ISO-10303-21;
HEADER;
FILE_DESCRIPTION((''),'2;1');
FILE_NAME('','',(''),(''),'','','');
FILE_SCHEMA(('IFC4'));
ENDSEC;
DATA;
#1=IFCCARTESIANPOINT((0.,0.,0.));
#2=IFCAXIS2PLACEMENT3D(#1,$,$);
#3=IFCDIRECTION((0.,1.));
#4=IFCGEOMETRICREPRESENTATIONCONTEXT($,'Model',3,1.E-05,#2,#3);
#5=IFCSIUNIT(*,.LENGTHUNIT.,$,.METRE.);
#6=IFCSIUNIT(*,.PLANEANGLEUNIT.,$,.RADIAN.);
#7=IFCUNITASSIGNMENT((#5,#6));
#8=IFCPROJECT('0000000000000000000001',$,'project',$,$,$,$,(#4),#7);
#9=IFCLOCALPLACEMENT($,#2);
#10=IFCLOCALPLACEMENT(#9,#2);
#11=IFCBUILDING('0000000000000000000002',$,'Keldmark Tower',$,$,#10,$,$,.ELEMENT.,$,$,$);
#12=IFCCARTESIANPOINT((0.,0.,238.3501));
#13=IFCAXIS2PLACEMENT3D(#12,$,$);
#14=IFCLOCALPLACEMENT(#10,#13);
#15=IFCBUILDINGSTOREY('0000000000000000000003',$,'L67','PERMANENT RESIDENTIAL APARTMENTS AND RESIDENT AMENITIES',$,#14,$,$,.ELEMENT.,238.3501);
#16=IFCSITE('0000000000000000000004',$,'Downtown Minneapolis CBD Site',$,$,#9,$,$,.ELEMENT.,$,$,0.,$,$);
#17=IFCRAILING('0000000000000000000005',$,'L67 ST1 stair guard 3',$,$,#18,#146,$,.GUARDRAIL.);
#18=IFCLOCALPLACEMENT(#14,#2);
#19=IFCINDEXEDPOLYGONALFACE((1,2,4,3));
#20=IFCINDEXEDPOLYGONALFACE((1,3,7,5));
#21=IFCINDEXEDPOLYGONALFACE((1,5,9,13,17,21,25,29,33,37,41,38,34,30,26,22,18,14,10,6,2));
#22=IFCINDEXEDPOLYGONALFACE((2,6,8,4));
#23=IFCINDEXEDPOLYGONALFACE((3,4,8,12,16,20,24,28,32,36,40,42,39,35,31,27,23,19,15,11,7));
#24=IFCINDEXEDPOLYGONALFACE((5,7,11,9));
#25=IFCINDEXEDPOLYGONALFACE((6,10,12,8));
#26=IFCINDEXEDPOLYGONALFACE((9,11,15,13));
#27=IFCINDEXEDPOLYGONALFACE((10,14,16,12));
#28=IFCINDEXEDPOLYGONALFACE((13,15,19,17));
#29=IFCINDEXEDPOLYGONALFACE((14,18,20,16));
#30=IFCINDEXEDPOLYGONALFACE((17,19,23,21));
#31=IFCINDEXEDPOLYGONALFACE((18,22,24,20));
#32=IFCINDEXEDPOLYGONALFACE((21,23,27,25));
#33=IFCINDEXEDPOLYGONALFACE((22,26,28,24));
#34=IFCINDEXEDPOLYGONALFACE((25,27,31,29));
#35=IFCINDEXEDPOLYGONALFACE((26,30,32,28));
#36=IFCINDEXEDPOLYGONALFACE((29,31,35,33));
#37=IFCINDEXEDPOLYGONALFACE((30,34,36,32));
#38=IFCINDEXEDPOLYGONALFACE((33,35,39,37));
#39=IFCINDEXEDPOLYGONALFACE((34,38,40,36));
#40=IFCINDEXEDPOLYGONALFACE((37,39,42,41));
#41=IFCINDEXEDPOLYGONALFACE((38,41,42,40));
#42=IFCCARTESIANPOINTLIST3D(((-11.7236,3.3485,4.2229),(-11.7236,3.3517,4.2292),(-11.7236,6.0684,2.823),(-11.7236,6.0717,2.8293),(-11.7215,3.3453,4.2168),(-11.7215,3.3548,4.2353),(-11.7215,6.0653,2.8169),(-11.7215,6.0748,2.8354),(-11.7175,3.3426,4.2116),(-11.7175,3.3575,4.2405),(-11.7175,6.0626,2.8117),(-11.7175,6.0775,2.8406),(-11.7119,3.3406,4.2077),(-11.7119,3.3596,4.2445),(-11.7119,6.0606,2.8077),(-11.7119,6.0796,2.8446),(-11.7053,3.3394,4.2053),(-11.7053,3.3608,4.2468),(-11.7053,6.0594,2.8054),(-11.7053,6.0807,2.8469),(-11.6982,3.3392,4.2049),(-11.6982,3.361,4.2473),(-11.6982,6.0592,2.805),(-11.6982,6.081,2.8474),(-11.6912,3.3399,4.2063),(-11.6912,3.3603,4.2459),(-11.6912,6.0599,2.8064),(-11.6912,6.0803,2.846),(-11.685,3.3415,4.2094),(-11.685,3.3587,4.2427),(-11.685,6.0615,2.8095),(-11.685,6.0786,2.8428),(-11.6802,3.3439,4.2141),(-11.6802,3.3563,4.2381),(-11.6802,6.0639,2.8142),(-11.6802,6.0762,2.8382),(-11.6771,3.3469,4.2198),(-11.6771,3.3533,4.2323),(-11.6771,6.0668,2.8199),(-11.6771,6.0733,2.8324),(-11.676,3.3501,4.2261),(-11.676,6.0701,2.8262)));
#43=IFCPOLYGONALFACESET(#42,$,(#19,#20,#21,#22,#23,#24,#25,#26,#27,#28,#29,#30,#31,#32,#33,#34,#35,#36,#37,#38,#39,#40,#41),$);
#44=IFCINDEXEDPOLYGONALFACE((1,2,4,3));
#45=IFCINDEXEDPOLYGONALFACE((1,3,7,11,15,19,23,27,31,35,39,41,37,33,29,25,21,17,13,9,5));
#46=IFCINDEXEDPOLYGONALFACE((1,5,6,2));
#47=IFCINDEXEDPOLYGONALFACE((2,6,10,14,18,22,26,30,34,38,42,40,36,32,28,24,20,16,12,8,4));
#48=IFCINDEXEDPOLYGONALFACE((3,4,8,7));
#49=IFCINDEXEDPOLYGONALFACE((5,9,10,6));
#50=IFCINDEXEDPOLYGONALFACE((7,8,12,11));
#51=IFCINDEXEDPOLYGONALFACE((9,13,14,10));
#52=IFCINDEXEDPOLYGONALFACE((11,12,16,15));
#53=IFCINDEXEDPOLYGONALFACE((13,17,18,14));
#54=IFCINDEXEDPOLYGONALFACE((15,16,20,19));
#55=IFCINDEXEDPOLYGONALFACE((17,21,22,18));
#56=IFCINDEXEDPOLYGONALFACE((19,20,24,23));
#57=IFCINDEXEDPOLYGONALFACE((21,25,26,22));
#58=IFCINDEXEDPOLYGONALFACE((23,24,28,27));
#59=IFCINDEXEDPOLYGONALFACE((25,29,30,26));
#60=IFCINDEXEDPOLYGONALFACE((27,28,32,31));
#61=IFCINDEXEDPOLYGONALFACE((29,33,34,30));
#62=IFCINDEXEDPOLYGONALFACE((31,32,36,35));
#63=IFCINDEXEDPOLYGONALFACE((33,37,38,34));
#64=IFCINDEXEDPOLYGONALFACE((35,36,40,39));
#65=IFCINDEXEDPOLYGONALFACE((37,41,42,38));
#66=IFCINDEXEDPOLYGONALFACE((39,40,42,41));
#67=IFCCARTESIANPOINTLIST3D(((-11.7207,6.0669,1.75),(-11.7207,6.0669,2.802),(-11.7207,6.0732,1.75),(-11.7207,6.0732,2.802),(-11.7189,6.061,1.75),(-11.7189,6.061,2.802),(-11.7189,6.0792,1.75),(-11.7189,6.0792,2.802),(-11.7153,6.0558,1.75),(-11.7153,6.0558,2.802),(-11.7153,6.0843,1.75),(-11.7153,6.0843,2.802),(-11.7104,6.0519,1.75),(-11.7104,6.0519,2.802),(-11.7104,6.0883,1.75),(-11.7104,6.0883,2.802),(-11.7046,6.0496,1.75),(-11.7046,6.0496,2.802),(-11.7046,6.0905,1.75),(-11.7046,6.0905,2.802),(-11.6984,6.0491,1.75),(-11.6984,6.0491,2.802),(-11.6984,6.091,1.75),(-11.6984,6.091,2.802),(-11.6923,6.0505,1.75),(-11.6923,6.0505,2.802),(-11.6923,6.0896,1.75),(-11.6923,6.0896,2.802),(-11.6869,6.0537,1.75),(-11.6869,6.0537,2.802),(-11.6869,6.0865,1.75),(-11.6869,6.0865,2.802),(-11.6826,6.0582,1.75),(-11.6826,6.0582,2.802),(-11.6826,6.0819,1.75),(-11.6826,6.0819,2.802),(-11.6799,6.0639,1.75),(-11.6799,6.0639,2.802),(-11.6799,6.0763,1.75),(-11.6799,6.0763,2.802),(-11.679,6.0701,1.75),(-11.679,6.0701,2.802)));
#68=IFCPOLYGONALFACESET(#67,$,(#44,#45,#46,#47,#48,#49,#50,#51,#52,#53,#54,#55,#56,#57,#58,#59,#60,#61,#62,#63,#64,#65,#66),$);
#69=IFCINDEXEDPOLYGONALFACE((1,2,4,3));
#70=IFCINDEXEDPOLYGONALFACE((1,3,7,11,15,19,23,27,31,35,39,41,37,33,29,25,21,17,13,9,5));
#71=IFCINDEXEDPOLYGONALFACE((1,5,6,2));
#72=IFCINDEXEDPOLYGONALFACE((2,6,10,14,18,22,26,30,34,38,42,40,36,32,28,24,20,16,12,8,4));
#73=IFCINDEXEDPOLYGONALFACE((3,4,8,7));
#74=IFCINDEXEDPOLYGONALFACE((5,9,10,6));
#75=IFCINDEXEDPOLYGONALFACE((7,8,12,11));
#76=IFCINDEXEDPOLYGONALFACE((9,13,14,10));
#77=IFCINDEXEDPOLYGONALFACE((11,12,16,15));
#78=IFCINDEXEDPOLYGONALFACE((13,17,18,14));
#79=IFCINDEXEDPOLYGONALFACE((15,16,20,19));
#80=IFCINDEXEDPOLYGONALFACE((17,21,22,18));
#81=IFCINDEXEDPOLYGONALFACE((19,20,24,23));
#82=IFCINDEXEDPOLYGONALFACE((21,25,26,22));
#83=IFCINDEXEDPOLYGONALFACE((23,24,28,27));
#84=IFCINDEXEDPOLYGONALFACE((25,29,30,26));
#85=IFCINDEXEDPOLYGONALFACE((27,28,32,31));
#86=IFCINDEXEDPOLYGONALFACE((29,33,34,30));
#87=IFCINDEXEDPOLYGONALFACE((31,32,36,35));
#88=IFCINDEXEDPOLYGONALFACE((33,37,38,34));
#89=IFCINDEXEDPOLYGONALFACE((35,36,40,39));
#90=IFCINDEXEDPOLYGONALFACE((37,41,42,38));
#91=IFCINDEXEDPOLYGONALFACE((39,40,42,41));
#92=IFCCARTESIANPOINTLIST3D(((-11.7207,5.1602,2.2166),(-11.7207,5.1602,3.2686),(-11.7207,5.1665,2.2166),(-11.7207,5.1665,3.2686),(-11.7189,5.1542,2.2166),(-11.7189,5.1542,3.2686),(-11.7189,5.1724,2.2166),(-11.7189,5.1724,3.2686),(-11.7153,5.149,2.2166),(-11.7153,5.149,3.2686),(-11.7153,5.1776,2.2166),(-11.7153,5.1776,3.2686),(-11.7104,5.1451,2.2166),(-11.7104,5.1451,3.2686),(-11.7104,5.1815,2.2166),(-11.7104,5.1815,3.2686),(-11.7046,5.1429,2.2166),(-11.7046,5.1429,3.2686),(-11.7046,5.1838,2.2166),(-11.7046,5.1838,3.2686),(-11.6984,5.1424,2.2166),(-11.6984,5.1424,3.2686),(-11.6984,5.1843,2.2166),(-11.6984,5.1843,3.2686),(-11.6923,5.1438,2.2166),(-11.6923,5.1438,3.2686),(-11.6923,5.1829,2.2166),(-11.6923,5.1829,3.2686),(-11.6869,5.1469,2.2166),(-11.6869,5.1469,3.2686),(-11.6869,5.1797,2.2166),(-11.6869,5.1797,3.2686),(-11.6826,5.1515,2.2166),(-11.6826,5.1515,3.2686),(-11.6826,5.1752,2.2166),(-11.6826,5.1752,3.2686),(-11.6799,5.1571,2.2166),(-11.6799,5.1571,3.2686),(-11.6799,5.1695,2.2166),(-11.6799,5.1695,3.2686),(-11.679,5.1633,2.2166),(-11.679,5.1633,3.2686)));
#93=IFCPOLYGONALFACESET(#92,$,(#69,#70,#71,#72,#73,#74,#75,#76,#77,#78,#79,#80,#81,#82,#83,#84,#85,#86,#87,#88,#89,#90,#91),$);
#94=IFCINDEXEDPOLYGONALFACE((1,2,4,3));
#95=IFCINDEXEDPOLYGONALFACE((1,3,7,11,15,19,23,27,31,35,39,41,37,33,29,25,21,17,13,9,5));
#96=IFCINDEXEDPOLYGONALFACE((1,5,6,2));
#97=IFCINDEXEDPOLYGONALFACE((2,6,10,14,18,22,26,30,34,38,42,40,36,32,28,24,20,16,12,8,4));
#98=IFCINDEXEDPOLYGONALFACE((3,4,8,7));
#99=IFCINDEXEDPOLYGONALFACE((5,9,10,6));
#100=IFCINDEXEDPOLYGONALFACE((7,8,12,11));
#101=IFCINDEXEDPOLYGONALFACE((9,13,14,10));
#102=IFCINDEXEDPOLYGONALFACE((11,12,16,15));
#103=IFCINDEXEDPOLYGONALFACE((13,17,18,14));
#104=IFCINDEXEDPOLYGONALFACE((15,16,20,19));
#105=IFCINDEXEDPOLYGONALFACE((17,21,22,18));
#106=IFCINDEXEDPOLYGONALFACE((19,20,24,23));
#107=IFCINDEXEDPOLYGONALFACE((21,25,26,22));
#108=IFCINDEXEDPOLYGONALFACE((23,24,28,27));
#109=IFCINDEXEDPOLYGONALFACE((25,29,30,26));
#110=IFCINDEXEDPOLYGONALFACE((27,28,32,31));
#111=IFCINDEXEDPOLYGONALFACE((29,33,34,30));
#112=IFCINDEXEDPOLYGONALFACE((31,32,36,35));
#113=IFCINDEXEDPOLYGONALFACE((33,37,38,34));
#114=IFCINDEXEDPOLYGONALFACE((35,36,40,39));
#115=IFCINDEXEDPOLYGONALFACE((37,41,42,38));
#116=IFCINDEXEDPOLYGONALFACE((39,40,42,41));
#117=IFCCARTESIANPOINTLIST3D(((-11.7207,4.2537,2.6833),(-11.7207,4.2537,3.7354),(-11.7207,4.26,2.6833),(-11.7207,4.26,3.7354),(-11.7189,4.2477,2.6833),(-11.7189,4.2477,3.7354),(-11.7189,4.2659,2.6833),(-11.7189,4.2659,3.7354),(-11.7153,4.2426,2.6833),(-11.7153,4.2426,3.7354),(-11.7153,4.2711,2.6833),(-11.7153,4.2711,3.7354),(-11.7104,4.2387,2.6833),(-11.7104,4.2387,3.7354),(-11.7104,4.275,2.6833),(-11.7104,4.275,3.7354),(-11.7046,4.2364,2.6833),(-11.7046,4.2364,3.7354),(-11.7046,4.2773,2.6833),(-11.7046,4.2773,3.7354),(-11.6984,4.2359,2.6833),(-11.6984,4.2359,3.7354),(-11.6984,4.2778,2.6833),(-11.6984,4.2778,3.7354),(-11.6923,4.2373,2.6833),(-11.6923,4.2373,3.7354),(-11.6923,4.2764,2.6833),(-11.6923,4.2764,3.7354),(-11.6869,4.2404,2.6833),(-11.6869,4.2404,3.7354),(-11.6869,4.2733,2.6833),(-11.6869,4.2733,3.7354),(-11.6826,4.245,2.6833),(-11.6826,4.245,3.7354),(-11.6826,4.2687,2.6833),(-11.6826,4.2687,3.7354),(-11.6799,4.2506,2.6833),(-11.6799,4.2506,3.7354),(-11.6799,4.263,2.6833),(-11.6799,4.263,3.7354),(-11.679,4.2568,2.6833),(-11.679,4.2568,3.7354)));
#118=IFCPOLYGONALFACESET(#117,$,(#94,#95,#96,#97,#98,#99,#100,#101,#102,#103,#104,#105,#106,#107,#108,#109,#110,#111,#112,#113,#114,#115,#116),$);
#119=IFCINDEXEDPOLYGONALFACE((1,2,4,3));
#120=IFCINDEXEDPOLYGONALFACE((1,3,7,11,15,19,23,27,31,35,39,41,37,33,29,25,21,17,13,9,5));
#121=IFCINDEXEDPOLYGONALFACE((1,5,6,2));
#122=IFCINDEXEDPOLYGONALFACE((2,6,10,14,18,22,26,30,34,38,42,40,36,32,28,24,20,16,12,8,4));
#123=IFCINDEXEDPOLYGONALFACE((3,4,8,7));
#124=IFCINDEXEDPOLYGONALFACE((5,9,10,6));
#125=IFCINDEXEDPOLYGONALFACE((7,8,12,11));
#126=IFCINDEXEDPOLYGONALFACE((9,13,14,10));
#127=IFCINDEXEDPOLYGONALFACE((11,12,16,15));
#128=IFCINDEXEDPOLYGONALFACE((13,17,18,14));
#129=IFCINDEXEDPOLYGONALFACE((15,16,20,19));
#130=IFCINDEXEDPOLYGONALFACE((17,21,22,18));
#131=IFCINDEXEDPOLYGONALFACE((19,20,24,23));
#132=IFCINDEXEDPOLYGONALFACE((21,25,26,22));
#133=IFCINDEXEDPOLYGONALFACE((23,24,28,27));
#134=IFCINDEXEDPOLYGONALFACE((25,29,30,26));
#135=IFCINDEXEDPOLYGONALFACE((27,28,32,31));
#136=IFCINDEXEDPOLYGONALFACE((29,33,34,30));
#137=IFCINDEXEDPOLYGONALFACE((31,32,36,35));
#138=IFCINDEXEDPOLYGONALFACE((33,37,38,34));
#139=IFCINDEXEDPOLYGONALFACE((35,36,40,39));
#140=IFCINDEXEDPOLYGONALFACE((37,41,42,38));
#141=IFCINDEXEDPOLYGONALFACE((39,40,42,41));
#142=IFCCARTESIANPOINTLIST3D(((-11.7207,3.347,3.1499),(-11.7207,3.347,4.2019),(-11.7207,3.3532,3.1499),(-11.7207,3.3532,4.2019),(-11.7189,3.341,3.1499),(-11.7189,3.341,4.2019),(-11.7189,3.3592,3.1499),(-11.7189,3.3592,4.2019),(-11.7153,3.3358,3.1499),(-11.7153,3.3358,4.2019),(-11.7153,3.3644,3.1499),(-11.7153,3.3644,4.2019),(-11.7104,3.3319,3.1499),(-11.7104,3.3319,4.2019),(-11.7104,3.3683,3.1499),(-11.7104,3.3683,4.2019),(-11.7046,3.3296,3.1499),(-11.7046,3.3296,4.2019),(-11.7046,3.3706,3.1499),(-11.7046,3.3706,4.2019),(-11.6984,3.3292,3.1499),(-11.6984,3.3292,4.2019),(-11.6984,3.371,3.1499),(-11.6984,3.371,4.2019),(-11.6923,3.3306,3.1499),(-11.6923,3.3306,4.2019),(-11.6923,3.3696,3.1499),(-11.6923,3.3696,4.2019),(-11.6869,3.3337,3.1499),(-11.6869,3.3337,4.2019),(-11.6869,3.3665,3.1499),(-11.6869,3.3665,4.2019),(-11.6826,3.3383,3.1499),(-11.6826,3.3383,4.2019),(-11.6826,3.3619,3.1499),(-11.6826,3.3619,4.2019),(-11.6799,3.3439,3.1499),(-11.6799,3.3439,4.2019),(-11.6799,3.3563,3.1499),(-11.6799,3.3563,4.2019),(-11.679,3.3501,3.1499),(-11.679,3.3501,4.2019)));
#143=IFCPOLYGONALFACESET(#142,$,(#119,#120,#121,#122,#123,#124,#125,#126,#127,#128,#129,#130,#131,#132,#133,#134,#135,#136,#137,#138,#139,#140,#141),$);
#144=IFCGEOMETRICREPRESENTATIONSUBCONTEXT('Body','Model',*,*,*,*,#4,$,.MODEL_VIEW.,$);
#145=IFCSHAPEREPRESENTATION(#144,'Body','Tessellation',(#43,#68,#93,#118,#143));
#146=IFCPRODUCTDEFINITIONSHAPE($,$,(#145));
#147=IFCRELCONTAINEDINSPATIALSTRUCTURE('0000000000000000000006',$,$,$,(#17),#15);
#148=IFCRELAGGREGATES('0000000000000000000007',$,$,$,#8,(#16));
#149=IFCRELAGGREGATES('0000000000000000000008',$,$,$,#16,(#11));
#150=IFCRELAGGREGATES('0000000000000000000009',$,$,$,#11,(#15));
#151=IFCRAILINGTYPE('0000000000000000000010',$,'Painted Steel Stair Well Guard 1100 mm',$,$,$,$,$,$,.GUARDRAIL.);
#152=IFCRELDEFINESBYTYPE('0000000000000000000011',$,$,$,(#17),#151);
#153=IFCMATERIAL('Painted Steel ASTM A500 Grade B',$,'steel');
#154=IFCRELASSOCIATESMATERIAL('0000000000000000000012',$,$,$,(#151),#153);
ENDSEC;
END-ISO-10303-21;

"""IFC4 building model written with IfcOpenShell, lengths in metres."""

from ifc_helpers import new_model, si_unit, direction, frame, origin, origin_2d, place, context, subcontext, project, spatial, circle, extrude, material, type_object, element, save


model = new_model("IFC4")

# Units and contexts
model_context = context("Model", 3, precision=1e-05, world=origin(), true_north=direction((0.0, 1.0)))
body_context = subcontext(model_context, "Body", "Model", "MODEL_VIEW")
ifc_project = project(units=[si_unit("LENGTHUNIT", "METRE"), si_unit("PLANEANGLEUNIT", "RADIAN")], contexts=[model_context])

# Site, building, storey
site_placement = place(None, origin())
site = spatial("IfcSite", under=ifc_project, at=site_placement, Name="Downtown Minneapolis CBD Site", CompositionType="ELEMENT", RefElevation=0.0)
building_placement = place(site_placement, origin())
building = spatial("IfcBuilding", under=site, at=building_placement, Name="Keldmark Tower", CompositionType="ELEMENT")
storey_placement = place(building_placement, frame((0.0, 0.0, 238.3501)))
storey = spatial("IfcBuildingStorey", under=building, at=storey_placement, Name="L67", Description="PERMANENT RESIDENTIAL APARTMENTS AND RESIDENT AMENITIES", CompositionType="ELEMENT", Elevation=238.3501)

# Railing
ifc_material_1 = material(Name="Painted Steel ASTM A500 Grade B", Category="steel")
railing_type_1 = type_object("IfcRailingType", Name="Painted Steel Stair Well Guard 1100 mm", PredefinedType="GUARDRAIL", material=ifc_material_1)
railing_1_placement = place(storey_placement, frame((-11.7, 6.0701, 1.75)))
element("IfcRailing", 1, at=railing_1_placement, inside=storey, type_object=railing_type_1, Name="L67 ST1 stair guard 3", PredefinedType="GUARDRAIL", context=body_context, shape_type="SweptSolid", body=[
    extrude(circle(Radius=0.0239, at=origin_2d()), frame((0.0, 0.0, 1.0762), z_axis=(0.0, -0.889147, 0.457622), x_axis=(1.0, 0.0, 0.0)), (0.0, 0.0, 1.0), 3.0591),
    extrude(circle(Radius=0.021, at=origin_2d()), origin(), (0.0, 0.0, 1.0), 1.052),
    extrude(circle(Radius=0.021, at=origin_2d()), frame((0.0, -0.9067, 0.4666)), (0.0, 0.0, 1.0), 1.052),
    extrude(circle(Radius=0.021, at=origin_2d()), frame((0.0, -1.8132, 0.9333)), (0.0, 0.0, 1.0), 1.052),
    extrude(circle(Radius=0.021, at=origin_2d()), frame((0.0, -2.72, 1.3999)), (0.0, 0.0, 1.0), 1.052),
])

save(model, "model.ifc")
